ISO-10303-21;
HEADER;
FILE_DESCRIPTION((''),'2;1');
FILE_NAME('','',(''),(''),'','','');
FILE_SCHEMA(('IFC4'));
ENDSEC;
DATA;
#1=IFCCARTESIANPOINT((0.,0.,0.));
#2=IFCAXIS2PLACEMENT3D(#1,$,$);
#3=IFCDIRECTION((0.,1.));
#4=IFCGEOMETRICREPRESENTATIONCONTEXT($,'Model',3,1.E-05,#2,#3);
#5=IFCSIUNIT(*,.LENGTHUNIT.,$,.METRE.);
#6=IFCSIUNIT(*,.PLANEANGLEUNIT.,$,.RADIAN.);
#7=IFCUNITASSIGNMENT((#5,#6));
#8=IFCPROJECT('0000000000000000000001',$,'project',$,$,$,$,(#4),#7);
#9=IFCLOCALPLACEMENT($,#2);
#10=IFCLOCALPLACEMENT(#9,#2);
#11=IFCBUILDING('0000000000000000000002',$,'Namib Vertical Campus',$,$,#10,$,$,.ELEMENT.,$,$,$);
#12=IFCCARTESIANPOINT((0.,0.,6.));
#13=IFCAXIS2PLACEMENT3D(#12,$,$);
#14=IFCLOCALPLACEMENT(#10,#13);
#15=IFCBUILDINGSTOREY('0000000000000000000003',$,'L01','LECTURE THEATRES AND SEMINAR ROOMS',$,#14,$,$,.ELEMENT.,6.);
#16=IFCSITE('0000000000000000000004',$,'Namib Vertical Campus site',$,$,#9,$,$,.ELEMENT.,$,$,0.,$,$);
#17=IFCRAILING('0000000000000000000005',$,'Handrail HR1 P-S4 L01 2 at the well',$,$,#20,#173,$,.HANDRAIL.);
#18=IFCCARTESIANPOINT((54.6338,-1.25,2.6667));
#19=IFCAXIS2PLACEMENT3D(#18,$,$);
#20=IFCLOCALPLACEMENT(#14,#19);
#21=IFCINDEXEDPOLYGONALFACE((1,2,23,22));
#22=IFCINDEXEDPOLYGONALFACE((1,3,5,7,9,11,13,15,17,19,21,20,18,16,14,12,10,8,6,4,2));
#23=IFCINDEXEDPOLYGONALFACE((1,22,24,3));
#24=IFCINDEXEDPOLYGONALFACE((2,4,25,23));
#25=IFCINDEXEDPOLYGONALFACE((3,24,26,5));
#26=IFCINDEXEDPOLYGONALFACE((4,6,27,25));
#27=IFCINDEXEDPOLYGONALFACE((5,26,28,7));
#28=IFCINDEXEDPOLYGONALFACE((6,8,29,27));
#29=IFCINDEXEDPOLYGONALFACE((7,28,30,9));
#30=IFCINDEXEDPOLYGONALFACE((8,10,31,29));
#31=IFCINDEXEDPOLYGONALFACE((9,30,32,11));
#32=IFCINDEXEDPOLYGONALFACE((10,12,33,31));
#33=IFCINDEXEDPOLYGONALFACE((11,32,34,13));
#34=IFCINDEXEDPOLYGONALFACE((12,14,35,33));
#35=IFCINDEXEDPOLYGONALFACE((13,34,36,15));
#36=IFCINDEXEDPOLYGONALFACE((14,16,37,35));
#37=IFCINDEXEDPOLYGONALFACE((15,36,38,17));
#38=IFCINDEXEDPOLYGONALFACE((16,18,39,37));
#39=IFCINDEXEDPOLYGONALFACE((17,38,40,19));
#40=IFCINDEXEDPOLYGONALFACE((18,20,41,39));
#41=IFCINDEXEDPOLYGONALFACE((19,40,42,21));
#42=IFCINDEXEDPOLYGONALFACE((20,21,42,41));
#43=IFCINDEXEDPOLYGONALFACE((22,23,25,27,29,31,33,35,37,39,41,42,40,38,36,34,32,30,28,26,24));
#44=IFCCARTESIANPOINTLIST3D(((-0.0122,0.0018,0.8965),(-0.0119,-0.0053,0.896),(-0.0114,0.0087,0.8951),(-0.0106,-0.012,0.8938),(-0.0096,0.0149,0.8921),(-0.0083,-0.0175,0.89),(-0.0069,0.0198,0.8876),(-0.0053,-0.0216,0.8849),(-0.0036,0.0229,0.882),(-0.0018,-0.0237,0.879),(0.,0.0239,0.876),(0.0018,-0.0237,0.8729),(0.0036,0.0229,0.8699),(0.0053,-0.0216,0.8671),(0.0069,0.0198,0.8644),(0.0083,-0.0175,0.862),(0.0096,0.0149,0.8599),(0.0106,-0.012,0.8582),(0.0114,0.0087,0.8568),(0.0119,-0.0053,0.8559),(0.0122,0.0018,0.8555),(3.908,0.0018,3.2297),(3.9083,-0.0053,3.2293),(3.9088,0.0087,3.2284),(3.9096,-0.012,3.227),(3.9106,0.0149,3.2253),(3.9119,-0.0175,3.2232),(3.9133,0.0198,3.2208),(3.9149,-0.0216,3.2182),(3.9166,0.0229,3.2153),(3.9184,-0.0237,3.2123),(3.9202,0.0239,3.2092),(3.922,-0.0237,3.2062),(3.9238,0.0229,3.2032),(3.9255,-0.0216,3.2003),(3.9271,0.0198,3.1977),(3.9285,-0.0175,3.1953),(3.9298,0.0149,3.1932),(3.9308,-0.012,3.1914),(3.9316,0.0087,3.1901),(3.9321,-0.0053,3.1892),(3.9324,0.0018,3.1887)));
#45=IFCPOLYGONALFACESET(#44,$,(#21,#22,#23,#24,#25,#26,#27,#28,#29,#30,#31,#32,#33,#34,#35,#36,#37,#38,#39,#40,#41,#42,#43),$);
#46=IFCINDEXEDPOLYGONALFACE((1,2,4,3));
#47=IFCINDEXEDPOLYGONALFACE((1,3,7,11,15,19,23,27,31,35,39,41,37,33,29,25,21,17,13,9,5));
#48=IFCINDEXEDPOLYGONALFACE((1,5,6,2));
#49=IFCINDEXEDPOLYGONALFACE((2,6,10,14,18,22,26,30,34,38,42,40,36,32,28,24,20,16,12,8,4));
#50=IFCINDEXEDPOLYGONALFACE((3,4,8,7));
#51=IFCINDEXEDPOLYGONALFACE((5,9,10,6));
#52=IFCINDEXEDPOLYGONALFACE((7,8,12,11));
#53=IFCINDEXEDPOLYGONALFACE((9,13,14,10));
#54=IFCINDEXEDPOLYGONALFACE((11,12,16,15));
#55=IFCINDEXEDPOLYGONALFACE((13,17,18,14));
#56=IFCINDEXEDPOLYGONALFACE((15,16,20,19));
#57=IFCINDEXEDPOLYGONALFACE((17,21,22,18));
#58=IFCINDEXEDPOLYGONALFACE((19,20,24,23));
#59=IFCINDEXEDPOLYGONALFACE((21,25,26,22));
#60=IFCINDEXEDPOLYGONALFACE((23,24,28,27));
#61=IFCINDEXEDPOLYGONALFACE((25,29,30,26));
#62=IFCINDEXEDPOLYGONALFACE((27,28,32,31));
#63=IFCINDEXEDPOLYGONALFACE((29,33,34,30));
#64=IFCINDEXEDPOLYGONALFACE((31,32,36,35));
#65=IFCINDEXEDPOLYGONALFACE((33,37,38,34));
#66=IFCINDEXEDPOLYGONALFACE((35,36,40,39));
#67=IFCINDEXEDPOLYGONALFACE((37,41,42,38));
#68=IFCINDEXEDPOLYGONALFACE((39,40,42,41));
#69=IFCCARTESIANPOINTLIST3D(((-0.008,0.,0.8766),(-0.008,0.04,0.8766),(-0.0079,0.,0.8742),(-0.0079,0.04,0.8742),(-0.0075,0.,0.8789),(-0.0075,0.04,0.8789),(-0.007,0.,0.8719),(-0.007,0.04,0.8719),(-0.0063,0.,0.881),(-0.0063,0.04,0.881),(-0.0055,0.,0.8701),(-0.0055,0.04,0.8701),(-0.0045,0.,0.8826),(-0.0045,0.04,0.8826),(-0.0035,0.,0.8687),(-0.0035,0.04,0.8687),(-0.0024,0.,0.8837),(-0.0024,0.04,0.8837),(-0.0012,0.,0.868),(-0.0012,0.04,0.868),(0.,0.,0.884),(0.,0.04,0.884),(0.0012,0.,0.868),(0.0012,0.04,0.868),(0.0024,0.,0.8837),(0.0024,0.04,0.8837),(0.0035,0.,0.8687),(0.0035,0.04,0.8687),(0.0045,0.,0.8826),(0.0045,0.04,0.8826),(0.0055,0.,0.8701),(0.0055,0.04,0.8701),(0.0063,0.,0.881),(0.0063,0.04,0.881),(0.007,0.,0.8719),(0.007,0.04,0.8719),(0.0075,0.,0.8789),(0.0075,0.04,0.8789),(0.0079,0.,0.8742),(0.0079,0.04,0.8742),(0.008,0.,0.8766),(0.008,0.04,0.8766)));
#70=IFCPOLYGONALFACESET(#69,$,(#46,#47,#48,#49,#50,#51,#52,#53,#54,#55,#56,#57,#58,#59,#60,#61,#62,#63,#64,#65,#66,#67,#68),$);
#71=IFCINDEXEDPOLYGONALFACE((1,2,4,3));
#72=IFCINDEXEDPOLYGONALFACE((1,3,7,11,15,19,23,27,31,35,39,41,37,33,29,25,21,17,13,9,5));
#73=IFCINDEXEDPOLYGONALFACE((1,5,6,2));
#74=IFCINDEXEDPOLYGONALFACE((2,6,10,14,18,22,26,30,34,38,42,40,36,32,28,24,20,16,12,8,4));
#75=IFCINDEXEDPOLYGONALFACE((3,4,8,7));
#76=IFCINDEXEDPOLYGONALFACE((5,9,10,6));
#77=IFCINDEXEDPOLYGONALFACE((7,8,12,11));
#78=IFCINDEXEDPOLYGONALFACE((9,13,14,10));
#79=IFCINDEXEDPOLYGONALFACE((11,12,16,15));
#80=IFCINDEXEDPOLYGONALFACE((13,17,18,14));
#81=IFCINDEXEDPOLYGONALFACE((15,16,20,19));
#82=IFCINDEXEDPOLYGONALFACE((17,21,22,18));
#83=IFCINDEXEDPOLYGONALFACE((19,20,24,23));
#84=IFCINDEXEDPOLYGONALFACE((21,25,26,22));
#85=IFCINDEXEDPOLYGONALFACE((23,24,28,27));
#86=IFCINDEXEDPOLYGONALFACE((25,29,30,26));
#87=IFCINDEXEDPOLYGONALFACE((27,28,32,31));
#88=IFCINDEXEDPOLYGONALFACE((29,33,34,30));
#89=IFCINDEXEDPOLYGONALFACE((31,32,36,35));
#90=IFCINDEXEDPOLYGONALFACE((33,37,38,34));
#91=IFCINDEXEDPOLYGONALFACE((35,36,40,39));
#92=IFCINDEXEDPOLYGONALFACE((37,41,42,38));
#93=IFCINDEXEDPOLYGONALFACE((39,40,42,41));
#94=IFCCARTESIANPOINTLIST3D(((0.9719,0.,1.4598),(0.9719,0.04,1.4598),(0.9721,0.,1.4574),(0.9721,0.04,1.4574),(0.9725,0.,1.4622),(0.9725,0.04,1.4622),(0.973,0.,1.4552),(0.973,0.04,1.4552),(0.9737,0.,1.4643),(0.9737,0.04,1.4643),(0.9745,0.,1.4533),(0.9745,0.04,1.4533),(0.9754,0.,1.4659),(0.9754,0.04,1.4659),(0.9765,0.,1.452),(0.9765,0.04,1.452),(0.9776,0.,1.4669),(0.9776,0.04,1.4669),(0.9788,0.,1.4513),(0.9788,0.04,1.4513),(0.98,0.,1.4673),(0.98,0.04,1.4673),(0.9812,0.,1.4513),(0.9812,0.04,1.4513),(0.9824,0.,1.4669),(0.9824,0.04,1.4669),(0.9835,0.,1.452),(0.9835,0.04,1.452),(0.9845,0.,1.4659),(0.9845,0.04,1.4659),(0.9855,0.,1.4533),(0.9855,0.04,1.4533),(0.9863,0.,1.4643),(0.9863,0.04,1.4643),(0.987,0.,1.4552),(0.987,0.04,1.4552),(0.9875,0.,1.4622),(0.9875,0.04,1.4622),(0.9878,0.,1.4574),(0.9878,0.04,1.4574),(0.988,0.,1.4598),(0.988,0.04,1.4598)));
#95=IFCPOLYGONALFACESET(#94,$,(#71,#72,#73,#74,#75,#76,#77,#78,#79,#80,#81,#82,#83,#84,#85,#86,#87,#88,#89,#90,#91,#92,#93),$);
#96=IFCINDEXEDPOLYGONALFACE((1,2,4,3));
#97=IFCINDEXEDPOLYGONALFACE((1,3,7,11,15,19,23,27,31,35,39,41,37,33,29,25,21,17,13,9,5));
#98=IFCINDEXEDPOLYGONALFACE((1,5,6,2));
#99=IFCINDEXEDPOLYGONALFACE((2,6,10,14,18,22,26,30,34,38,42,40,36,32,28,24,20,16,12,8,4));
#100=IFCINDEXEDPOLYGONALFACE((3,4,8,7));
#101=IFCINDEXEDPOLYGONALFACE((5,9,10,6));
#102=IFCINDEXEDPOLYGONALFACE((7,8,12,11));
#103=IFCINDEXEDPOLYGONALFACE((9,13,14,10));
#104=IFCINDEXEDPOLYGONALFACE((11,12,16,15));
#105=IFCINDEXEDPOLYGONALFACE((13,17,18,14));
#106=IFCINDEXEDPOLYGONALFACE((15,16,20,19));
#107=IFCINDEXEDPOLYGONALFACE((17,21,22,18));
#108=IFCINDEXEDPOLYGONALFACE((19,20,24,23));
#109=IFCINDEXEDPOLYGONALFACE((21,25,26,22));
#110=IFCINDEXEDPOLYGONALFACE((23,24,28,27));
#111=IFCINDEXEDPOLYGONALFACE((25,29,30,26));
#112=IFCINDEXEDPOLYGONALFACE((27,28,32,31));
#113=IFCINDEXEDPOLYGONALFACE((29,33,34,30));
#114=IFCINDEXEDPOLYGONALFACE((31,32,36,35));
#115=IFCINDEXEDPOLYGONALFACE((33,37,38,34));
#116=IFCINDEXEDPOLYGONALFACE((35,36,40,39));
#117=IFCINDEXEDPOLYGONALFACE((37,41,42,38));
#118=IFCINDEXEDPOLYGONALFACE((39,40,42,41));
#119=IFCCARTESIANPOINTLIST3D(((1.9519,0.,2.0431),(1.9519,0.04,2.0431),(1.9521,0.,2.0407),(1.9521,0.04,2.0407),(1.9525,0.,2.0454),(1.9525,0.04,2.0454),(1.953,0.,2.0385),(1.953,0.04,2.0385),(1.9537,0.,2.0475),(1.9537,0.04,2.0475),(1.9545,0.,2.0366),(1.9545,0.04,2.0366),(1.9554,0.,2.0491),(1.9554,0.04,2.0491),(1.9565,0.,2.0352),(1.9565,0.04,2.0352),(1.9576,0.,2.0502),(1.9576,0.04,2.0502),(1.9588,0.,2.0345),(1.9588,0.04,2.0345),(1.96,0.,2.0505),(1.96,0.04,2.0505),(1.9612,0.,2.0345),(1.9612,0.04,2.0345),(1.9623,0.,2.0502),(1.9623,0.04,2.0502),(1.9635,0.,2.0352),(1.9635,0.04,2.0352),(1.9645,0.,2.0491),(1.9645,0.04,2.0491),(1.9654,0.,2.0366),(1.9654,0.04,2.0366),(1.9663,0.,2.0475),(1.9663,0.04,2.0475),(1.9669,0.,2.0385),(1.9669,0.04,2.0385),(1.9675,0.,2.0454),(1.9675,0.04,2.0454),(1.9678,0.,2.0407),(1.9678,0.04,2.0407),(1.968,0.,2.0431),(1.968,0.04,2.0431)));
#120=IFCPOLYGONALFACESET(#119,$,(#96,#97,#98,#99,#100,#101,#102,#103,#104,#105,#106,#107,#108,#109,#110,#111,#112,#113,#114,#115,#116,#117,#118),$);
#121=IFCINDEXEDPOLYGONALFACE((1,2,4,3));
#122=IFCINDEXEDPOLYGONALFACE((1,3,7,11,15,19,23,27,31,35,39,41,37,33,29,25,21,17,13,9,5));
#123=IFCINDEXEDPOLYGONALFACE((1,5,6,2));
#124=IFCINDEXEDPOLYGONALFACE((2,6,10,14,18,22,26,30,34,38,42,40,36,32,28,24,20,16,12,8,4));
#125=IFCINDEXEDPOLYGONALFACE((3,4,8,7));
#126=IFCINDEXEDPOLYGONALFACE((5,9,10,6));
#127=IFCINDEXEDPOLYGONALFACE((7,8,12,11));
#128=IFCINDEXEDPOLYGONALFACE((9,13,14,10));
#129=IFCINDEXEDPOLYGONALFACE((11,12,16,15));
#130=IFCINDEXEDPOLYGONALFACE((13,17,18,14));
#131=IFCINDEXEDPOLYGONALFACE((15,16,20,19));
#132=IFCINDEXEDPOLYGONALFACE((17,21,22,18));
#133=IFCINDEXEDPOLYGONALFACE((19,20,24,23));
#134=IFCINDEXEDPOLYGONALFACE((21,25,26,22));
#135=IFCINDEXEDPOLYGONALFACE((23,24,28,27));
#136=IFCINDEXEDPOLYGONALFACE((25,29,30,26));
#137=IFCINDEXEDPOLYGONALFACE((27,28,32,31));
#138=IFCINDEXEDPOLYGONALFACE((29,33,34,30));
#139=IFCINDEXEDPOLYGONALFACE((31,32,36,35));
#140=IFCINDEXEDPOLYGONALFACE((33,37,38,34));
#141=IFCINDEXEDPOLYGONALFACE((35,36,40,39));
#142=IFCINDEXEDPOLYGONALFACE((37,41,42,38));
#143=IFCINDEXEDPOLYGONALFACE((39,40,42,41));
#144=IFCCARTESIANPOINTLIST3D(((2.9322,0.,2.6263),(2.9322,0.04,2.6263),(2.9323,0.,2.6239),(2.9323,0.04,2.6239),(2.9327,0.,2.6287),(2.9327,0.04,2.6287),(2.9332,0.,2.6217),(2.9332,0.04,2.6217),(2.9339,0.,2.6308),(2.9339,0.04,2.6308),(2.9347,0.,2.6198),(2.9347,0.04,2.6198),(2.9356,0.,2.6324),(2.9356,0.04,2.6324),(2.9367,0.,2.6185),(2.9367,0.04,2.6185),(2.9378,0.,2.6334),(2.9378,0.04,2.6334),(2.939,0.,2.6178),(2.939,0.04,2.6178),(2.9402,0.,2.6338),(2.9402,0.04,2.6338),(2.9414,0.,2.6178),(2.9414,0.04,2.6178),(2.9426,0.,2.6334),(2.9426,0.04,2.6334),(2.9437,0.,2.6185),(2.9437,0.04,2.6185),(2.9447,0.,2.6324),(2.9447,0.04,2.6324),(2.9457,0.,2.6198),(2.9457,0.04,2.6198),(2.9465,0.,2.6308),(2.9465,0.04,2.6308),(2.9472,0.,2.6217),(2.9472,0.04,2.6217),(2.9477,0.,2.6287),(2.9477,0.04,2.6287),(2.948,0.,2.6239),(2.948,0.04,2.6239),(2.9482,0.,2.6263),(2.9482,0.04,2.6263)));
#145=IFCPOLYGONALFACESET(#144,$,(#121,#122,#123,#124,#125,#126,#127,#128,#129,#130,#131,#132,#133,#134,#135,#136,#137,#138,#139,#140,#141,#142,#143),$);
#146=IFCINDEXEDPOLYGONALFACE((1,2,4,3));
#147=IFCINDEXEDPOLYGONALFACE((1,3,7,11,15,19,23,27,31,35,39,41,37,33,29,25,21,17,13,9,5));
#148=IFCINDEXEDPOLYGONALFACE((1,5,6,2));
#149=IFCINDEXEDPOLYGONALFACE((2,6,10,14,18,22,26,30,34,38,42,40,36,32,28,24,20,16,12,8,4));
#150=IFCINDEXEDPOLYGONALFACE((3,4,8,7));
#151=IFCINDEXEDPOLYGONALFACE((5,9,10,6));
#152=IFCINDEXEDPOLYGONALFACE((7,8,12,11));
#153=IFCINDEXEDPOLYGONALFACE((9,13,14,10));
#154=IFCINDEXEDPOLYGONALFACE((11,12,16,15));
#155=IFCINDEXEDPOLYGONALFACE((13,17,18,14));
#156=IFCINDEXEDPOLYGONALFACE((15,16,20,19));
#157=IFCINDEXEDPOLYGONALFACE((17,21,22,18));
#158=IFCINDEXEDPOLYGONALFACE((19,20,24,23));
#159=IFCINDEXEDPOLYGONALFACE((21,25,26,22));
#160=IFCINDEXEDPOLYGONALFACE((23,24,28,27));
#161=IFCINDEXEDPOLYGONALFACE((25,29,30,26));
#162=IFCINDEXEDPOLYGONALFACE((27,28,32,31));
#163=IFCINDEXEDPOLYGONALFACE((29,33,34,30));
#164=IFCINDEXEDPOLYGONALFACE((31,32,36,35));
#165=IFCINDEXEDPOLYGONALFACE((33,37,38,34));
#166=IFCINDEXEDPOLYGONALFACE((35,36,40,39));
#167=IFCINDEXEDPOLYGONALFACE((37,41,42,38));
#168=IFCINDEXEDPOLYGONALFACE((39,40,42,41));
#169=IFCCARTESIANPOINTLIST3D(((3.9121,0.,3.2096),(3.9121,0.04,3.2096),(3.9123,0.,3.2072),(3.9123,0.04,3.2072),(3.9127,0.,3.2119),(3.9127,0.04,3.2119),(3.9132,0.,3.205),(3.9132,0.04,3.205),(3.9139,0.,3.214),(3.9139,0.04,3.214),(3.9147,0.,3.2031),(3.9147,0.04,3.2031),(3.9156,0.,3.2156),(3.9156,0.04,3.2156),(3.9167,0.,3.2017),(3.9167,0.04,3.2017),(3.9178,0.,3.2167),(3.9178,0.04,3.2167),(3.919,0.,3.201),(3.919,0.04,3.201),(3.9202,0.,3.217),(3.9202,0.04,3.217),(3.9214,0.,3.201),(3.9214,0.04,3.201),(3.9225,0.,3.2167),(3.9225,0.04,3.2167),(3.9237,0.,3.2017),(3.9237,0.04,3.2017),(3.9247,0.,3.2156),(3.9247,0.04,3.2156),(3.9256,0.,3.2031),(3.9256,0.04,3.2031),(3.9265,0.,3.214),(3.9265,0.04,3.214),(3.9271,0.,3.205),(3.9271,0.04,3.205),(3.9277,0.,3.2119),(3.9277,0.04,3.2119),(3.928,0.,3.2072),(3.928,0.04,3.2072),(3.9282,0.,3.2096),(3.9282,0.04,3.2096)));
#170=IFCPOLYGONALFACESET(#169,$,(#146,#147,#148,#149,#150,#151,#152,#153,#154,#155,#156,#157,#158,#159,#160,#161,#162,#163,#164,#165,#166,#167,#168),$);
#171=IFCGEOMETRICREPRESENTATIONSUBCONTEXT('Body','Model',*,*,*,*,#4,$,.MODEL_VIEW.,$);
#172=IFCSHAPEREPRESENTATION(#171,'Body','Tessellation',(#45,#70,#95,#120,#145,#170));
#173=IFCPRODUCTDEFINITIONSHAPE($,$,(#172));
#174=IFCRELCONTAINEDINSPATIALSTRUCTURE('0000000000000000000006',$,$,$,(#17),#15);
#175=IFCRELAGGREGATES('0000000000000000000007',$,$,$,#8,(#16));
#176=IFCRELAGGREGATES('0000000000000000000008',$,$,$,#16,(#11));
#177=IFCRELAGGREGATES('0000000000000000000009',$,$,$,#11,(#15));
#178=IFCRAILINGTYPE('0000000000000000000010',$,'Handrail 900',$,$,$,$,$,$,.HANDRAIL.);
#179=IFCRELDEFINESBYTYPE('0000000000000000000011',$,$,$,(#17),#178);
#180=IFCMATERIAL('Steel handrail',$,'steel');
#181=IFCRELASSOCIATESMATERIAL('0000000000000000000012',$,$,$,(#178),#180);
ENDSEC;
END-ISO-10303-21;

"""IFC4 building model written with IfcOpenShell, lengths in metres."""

from ifc_helpers import new_model, si_unit, direction, frame, origin, origin_2d, place, context, subcontext, project, spatial, circle, extrude, material, type_object, element, save


model = new_model("IFC4")

# Units and contexts
model_context = context("Model", 3, precision=1e-05, world=origin(), true_north=direction((0.0, 1.0)))
body_context = subcontext(model_context, "Body", "Model", "MODEL_VIEW")
ifc_project = project(units=[si_unit("LENGTHUNIT", "METRE"), si_unit("PLANEANGLEUNIT", "RADIAN")], contexts=[model_context])

# Site, building, storey
site_placement = place(None, origin())
site = spatial("IfcSite", under=ifc_project, at=site_placement, Name="Namib Vertical Campus site", CompositionType="ELEMENT", RefElevation=0.0)
building_placement = place(site_placement, origin())
building = spatial("IfcBuilding", under=site, at=building_placement, Name="Namib Vertical Campus", CompositionType="ELEMENT")
storey_placement = place(building_placement, frame((0.0, 0.0, 6.0)))
storey = spatial("IfcBuildingStorey", under=building, at=storey_placement, Name="L01", Description="LECTURE THEATRES AND SEMINAR ROOMS", CompositionType="ELEMENT", Elevation=6.0)

# Railing
ifc_material_1 = material(Name="Steel handrail", Category="steel")
railing_type_1 = type_object("IfcRailingType", Name="Handrail 900", PredefinedType="HANDRAIL", material=ifc_material_1)
railing_1_placement = place(storey_placement, frame((54.6338, -1.25, 2.6667)))
element("IfcRailing", 1, at=railing_1_placement, inside=storey, type_object=railing_type_1, Name="Handrail HR1 P-S4 L01 2 at the well", PredefinedType="HANDRAIL", context=body_context, shape_type="SweptSolid", body=[
    extrude(circle(Radius=0.0239, at=origin_2d()), frame((0.0, 0.0, 0.876), z_axis=(0.85931, 0.0, 0.511455), x_axis=(0.0, 1.0, 0.0)), (0.0, 0.0, 1.0), 4.562),
    extrude(circle(Radius=0.0081, at=origin_2d()), frame((0.0, 0.0, 0.876), z_axis=(0.0, 1.0, 0.0), x_axis=(0.0, 0.0, 1.0)), (0.0, 0.0, 1.0), 0.04),
    extrude(circle(Radius=0.0081, at=origin_2d()), frame((0.98, 0.0, 1.4592), z_axis=(0.0, 1.0, 0.0), x_axis=(0.0, 0.0, 1.0)), (0.0, 0.0, 1.0), 0.04),
    extrude(circle(Radius=0.0081, at=origin_2d()), frame((1.96, 0.0, 2.0425), z_axis=(0.0, 1.0, 0.0), x_axis=(0.0, 0.0, 1.0)), (0.0, 0.0, 1.0), 0.04),
    extrude(circle(Radius=0.0081, at=origin_2d()), frame((2.9402, 0.0, 2.6257), z_axis=(0.0, 1.0, 0.0), x_axis=(0.0, 0.0, 1.0)), (0.0, 0.0, 1.0), 0.04),
    extrude(circle(Radius=0.0081, at=origin_2d()), frame((3.9202, 0.0, 3.209), z_axis=(0.0, 1.0, 0.0), x_axis=(0.0, 0.0, 1.0)), (0.0, 0.0, 1.0), 0.04),
])

save(model, "model.ifc")
